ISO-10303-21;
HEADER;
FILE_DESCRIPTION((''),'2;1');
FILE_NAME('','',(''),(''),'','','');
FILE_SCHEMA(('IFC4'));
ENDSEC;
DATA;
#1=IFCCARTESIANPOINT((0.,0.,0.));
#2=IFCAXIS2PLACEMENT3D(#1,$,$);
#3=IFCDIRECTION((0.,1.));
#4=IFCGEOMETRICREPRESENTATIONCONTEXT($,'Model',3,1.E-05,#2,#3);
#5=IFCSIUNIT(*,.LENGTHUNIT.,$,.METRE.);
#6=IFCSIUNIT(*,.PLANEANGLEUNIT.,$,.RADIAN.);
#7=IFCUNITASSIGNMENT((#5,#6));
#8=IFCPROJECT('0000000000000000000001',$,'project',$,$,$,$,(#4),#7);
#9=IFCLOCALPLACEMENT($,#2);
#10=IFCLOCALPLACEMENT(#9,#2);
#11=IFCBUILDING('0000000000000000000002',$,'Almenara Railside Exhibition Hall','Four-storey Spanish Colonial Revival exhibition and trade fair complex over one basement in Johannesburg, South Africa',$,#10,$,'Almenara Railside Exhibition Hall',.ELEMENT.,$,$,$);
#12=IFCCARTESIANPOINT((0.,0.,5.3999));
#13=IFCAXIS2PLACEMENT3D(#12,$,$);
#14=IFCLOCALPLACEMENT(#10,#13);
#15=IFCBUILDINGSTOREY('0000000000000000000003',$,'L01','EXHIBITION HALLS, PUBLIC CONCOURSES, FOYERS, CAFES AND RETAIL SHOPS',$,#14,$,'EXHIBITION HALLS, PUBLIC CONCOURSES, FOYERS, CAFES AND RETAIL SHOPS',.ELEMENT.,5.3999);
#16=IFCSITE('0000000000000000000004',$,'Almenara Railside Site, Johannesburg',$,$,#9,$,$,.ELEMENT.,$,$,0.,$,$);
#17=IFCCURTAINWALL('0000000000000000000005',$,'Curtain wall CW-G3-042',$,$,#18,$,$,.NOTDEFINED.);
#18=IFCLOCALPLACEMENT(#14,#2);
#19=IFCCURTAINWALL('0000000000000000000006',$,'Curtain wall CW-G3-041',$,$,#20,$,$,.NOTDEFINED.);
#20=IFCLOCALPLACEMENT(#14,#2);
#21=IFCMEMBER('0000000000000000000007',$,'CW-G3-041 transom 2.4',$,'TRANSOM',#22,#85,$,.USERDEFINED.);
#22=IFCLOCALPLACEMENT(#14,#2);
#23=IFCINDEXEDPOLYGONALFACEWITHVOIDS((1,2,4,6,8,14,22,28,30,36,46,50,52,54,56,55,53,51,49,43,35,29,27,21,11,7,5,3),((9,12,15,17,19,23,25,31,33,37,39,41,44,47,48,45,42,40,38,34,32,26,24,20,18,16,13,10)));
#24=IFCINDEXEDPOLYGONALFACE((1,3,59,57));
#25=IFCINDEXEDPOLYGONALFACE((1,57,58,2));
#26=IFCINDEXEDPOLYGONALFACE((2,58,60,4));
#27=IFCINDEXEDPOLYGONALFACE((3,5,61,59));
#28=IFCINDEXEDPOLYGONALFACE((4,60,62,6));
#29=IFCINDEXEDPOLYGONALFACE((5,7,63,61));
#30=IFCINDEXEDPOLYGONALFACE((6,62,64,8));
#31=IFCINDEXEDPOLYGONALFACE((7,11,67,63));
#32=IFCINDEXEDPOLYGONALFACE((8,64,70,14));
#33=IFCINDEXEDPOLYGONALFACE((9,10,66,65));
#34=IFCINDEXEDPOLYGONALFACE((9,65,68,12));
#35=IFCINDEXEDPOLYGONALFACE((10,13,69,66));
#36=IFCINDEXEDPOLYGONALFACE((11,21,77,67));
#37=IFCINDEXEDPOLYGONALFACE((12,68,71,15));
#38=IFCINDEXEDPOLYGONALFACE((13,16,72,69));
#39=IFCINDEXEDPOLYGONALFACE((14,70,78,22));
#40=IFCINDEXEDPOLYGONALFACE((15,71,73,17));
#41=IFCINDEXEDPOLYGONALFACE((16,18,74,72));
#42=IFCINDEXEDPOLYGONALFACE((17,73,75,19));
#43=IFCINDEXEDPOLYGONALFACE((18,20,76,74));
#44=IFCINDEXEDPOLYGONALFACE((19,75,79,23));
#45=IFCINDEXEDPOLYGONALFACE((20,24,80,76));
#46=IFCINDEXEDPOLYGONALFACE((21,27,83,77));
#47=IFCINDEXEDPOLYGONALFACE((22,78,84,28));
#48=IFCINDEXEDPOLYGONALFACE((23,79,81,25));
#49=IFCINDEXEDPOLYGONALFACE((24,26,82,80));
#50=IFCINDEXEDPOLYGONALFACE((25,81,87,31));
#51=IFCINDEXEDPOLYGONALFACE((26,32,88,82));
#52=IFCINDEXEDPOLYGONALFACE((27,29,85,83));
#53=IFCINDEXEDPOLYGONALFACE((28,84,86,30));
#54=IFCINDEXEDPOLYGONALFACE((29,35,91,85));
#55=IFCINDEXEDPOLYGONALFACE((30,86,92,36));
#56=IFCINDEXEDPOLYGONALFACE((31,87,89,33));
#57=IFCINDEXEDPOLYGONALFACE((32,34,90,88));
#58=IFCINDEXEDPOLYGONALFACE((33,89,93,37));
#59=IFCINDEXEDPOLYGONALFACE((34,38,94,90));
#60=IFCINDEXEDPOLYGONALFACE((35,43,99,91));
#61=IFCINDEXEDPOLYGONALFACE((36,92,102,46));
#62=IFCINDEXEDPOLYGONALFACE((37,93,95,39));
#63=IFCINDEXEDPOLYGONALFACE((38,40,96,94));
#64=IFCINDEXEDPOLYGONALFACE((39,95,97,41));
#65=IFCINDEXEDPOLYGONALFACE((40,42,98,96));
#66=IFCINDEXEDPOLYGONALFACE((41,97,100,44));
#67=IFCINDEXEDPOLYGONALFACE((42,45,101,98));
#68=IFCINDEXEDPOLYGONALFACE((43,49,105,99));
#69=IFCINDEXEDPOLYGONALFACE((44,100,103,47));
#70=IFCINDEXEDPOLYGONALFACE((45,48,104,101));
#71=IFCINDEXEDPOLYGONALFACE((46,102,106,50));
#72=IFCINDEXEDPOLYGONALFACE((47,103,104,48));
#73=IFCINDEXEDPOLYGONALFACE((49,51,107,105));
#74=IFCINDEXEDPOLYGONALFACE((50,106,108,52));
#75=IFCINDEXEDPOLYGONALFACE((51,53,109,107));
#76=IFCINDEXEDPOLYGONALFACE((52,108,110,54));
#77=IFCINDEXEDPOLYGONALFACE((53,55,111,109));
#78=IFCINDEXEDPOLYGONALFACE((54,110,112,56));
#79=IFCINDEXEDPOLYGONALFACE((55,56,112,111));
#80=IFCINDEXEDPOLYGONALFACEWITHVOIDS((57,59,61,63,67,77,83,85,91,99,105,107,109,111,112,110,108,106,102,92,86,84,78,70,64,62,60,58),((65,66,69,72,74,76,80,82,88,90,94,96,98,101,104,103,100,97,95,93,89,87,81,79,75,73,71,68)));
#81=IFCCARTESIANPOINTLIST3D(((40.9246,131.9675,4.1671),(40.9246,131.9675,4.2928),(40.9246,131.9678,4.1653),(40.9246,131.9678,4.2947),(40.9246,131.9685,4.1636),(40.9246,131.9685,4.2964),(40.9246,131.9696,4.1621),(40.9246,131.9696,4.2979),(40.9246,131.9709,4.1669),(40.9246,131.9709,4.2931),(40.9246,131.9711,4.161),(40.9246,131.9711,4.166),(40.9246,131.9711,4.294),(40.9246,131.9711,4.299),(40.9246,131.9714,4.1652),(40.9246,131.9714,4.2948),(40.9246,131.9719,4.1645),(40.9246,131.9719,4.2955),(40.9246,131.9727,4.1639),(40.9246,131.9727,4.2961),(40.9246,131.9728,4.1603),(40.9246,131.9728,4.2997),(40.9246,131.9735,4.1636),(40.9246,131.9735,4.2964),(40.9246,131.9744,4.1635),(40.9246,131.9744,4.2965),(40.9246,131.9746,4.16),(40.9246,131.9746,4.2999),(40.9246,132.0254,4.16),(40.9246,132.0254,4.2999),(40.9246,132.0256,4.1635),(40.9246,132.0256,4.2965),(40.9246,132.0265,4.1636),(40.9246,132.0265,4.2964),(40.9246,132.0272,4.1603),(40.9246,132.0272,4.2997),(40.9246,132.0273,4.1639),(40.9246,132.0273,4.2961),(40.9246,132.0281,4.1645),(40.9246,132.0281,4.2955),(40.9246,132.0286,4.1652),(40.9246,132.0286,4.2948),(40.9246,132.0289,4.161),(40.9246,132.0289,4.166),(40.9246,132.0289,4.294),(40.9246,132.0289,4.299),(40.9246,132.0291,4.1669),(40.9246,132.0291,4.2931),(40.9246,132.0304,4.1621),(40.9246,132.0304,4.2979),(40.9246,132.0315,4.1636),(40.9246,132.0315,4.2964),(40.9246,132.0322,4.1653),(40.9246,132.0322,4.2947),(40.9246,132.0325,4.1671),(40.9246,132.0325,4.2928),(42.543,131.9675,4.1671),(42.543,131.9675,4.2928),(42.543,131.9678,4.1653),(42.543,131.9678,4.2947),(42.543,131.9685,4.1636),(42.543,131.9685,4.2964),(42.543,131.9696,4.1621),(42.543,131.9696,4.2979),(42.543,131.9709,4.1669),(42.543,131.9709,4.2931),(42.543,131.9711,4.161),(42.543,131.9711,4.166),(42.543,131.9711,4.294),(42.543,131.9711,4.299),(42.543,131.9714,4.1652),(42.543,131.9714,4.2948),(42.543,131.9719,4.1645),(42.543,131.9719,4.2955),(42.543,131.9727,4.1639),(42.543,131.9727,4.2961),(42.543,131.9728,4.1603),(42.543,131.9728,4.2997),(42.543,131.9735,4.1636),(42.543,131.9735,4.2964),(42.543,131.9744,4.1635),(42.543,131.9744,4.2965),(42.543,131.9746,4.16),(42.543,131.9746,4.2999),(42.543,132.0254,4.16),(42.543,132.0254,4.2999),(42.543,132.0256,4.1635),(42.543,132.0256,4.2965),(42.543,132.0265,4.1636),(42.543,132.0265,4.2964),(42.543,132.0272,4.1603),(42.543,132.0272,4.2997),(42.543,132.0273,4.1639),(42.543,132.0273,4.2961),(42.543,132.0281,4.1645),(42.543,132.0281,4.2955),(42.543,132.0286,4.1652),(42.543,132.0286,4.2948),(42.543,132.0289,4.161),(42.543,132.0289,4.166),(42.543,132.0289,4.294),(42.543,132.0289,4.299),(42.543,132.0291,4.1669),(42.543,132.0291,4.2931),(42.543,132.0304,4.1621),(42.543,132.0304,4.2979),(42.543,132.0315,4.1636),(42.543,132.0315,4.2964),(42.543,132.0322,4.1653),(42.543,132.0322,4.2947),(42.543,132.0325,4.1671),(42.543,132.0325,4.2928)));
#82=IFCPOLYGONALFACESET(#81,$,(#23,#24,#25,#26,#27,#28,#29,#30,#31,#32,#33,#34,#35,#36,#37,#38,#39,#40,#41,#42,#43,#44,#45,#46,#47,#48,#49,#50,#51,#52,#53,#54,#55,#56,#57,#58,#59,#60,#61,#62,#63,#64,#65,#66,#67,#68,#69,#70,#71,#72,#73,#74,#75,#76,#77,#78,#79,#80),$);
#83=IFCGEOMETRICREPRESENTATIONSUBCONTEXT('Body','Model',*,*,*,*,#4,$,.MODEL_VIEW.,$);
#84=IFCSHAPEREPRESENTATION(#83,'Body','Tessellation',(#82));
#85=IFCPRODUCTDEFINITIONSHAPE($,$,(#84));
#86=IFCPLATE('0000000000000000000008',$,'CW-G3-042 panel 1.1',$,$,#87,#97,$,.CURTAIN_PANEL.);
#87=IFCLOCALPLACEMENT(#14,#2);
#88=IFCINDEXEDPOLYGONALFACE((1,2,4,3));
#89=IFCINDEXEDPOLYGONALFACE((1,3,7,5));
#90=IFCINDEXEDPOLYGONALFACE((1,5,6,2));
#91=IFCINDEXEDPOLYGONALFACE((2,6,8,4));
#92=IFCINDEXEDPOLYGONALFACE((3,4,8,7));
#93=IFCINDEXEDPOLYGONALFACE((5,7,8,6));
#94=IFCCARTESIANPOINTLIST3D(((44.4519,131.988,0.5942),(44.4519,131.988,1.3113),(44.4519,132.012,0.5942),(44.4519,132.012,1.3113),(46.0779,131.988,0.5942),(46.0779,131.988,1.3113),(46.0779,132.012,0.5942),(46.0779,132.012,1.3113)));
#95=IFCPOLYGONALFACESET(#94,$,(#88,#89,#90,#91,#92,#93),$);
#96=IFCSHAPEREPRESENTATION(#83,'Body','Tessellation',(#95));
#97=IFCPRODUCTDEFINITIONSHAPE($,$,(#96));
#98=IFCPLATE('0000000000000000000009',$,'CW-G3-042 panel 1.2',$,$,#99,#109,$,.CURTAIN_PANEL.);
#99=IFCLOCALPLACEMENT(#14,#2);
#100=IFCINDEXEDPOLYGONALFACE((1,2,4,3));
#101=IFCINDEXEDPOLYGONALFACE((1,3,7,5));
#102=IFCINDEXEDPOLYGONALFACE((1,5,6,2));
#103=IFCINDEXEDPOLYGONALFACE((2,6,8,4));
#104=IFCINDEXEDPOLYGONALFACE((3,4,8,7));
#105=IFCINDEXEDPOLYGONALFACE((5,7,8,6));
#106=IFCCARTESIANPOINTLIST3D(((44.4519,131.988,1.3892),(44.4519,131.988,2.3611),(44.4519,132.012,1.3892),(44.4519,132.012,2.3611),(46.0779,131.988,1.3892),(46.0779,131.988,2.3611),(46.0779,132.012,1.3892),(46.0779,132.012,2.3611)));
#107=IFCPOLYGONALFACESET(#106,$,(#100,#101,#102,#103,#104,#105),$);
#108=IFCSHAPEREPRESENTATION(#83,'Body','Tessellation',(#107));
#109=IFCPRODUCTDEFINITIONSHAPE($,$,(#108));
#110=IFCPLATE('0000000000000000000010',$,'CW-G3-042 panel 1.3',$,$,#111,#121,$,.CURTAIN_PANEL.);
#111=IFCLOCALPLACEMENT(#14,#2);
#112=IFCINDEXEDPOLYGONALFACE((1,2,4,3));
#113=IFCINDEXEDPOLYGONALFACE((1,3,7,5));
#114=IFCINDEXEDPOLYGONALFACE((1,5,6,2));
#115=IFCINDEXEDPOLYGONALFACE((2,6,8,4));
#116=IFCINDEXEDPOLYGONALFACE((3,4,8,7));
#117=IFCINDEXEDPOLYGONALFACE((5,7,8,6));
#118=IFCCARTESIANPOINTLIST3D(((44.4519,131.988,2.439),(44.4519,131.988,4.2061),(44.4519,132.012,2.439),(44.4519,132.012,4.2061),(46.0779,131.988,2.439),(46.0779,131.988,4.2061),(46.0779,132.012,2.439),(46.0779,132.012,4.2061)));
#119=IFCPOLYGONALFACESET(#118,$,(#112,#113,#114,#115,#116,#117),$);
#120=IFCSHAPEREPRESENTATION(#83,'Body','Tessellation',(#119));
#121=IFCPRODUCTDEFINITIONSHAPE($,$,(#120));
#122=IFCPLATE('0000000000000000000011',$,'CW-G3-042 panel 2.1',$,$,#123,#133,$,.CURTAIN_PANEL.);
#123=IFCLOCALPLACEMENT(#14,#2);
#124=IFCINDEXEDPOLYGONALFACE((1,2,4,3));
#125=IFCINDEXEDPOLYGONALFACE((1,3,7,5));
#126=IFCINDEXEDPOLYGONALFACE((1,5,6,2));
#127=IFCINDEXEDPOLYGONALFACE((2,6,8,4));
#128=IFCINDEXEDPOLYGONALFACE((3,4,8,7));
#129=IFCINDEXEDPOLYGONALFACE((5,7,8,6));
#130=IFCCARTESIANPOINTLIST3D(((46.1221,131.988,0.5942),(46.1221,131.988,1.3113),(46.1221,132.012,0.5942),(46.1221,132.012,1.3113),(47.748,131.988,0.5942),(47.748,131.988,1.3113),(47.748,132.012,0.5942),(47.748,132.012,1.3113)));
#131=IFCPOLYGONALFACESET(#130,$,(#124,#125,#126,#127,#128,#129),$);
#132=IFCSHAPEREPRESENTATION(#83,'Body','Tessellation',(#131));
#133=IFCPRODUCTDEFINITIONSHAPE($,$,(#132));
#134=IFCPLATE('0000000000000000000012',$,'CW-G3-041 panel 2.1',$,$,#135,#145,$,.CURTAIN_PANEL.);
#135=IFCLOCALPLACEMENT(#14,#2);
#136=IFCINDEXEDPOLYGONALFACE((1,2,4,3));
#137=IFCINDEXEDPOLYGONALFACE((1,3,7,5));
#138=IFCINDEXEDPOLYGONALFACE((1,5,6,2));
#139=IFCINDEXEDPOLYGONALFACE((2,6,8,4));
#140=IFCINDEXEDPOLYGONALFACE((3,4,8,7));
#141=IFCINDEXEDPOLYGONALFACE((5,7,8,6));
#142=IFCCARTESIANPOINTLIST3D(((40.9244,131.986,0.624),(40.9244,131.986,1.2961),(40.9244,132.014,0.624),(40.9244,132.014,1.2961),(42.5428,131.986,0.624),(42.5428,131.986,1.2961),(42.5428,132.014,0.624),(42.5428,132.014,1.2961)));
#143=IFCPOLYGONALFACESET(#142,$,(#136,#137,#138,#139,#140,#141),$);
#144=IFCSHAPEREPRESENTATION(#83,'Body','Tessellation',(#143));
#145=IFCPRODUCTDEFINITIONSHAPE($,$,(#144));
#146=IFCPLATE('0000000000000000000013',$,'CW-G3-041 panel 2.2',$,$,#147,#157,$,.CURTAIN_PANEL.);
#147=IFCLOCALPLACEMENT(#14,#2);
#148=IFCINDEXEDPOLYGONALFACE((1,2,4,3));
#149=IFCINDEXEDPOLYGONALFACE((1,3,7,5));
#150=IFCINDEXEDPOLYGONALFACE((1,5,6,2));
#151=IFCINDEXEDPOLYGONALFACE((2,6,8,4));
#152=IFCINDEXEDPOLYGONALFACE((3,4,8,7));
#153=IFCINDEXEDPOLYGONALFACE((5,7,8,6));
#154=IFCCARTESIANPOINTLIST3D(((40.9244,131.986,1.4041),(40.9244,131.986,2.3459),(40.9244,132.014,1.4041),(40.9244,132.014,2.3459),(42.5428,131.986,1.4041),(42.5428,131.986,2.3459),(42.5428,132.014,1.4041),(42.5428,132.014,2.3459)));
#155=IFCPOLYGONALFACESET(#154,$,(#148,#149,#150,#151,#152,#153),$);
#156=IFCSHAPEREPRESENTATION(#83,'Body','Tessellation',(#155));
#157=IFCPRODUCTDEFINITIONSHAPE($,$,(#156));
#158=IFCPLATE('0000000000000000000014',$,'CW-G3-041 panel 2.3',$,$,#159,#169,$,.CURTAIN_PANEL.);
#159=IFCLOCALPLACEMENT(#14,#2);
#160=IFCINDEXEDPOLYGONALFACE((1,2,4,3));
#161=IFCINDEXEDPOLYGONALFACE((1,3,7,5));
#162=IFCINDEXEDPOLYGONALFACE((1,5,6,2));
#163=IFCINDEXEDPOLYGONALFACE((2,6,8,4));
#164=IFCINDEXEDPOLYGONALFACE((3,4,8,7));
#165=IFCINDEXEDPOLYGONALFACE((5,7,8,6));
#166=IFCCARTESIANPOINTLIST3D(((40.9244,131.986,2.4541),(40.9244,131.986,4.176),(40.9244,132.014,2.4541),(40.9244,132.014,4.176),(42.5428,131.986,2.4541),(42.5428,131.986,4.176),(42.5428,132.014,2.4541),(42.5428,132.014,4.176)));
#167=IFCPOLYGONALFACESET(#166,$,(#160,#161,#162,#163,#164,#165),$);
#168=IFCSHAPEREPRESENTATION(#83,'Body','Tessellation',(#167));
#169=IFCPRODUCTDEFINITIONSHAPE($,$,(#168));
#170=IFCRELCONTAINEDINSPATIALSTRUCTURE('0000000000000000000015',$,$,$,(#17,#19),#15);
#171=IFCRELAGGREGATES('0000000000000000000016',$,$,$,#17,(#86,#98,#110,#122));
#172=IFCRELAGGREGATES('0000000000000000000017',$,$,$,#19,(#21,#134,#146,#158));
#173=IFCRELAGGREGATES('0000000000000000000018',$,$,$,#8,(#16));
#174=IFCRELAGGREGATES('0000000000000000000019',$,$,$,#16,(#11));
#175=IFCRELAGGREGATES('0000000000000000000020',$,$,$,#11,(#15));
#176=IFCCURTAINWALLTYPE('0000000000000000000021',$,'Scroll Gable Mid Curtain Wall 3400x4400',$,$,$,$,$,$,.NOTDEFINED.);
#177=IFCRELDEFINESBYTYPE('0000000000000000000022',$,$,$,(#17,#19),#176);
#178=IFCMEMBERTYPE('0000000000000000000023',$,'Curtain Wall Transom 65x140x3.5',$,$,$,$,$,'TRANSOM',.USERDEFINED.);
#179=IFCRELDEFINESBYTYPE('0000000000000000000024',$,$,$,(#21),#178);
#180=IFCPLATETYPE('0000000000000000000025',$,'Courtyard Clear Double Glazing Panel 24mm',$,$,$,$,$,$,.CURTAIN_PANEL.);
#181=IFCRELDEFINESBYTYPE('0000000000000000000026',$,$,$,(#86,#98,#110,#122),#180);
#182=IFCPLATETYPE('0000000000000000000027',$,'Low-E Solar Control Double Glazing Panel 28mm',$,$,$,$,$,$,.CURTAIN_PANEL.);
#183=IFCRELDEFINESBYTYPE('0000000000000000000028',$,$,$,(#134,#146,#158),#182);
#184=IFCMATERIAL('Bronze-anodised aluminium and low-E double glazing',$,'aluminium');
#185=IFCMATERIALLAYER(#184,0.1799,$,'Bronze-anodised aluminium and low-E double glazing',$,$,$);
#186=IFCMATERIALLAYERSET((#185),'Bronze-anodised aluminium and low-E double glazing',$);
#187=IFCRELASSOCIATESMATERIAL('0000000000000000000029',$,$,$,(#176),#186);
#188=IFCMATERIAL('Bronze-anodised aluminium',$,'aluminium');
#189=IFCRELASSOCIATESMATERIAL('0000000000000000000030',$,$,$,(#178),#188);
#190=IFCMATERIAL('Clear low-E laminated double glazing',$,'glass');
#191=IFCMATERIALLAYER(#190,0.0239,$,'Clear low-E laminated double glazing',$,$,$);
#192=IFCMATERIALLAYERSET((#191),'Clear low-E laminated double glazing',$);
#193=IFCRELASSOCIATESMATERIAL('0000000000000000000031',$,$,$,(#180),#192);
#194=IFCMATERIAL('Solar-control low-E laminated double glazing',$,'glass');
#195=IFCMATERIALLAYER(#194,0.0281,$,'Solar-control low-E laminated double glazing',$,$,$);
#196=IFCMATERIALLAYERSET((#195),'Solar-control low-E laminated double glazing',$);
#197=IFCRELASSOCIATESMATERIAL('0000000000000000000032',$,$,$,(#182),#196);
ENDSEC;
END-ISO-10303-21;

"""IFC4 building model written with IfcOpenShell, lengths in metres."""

from ifc_helpers import new_model, si_unit, direction, frame, origin, origin_2d, place, context, subcontext, project, spatial, rectangle, hollow_rectangle, extrude, material, layer, layer_set, material_profile, profile_set, type_object, element, aggregate, save


model = new_model("IFC4")

# Units and contexts
model_context = context("Model", 3, precision=1e-05, world=origin(), true_north=direction((0.0, 1.0)))
body_context = subcontext(model_context, "Body", "Model", "MODEL_VIEW")
ifc_project = project(units=[si_unit("LENGTHUNIT", "METRE"), si_unit("PLANEANGLEUNIT", "RADIAN")], contexts=[model_context])

# Site, building, storey
site_placement = place(None, origin())
site = spatial("IfcSite", under=ifc_project, at=site_placement, Name="Almenara Railside Site, Johannesburg", CompositionType="ELEMENT", RefElevation=0.0)
building_placement = place(site_placement, origin())
building = spatial("IfcBuilding", under=site, at=building_placement, Name="Almenara Railside Exhibition Hall", Description="Four-storey Spanish Colonial Revival exhibition and trade fair complex over one basement in Johannesburg, South Africa", LongName="Almenara Railside Exhibition Hall", CompositionType="ELEMENT")
storey_placement = place(building_placement, frame((0.0, 0.0, 5.3999)))
storey = spatial("IfcBuildingStorey", under=building, at=storey_placement, Name="L01", Description="EXHIBITION HALLS, PUBLIC CONCOURSES, FOYERS, CAFES AND RETAIL SHOPS", LongName="EXHIBITION HALLS, PUBLIC CONCOURSES, FOYERS, CAFES AND RETAIL SHOPS", CompositionType="ELEMENT", Elevation=5.3999)

# Curtain wall
ifc_material_1 = material(Name="Bronze-anodised aluminium and low-E double glazing", Category="aluminium")
ifc_layer_1 = layer(ifc_material_1, 0.1799, Name="Bronze-anodised aluminium and low-E double glazing")
ifc_layer_set_1 = layer_set([ifc_layer_1], Name="Bronze-anodised aluminium and low-E double glazing")
curtain_wall_type = type_object("IfcCurtainWallType", Name="Scroll Gable Mid Curtain Wall 3400x4400", PredefinedType="NOTDEFINED", material=ifc_layer_set_1)
curtain_wall_1_placement = place(storey_placement, origin())
curtain_wall_1 = element("IfcCurtainWall", 1, at=curtain_wall_1_placement, inside=storey, type_object=curtain_wall_type, Name="Curtain wall CW-G3-042", PredefinedType="NOTDEFINED")
ifc_material_2 = material(Name="Bronze-anodised aluminium", Category="aluminium")

# Curtain wall
curtain_wall_2_placement = place(storey_placement, origin())
curtain_wall_2 = element("IfcCurtainWall", 2, at=curtain_wall_2_placement, inside=storey, type_object=curtain_wall_type, Name="Curtain wall CW-G3-041", PredefinedType="NOTDEFINED")

# Member
ifc_material_profile_1 = material_profile(ifc_material_2, hollow_rectangle(XDim=0.0649, YDim=0.1399, WallThickness=0.0034, InnerFilletRadius=0.0034, OuterFilletRadius=0.0071, at=origin_2d()), Name="ALU-TRN 65x140x3.5")
ifc_profile_set_1 = profile_set([ifc_material_profile_1], Name="Bronze-anodised aluminium")
member_type_1 = type_object("IfcMemberType", Name="Curtain Wall Transom 65x140x3.5", ElementType="TRANSOM", PredefinedType="USERDEFINED", material=ifc_profile_set_1)
member_1_placement = place(storey_placement, frame((40.9246, 132.0, 4.23), z_axis=(1.0, 0.0, 0.0), x_axis=(0.0, 1.0, 0.0)))
member_1 = element("IfcMember", 3, at=member_1_placement, type_object=member_type_1, Name="CW-G3-041 transom 2.4", ObjectType="TRANSOM", PredefinedType="USERDEFINED", context=body_context, shape_type="SweptSolid", body=[
    extrude(hollow_rectangle(XDim=0.0649, YDim=0.1399, WallThickness=0.0034, InnerFilletRadius=0.0034, OuterFilletRadius=0.0071, at=origin_2d()), origin(), (0.0, 0.0, 1.0), 1.6184),
])

# Plates
ifc_material_3 = material(Name="Clear low-E laminated double glazing", Category="glass")
ifc_layer_2 = layer(ifc_material_3, 0.0239, Name="Clear low-E laminated double glazing")
ifc_layer_set_2 = layer_set([ifc_layer_2], Name="Clear low-E laminated double glazing")
plate_type_1 = type_object("IfcPlateType", Name="Courtyard Clear Double Glazing Panel 24mm", PredefinedType="CURTAIN_PANEL", material=ifc_layer_set_2)
plate_1_placement = place(storey_placement, frame((45.2649, 132.0, 0.5942), z_axis=(0.0, 0.0, 1.0), x_axis=(1.0, 0.0, 0.0)))
plate_1 = element("IfcPlate", 4, at=plate_1_placement, type_object=plate_type_1, Name="CW-G3-042 panel 1.1", PredefinedType="CURTAIN_PANEL", context=body_context, shape_type="SweptSolid", body=[
    extrude(rectangle(XDim=1.626, YDim=0.0239, at=origin_2d()), origin(), (0.0, 0.0, 1.0), 0.717),
])
plate_2_placement = place(storey_placement, frame((45.2649, 132.0, 1.3892), z_axis=(0.0, 0.0, 1.0), x_axis=(1.0, 0.0, 0.0)))
plate_2 = element("IfcPlate", 5, at=plate_2_placement, type_object=plate_type_1, Name="CW-G3-042 panel 1.2", PredefinedType="CURTAIN_PANEL", context=body_context, shape_type="SweptSolid", body=[
    extrude(rectangle(XDim=1.626, YDim=0.0239, at=origin_2d()), origin(), (0.0, 0.0, 1.0), 0.9719),
])
plate_3_placement = place(storey_placement, frame((45.2649, 132.0, 2.439), z_axis=(0.0, 0.0, 1.0), x_axis=(1.0, 0.0, 0.0)))
plate_3 = element("IfcPlate", 6, at=plate_3_placement, type_object=plate_type_1, Name="CW-G3-042 panel 1.3", PredefinedType="CURTAIN_PANEL", context=body_context, shape_type="SweptSolid", body=[
    extrude(rectangle(XDim=1.626, YDim=0.0239, at=origin_2d()), origin(), (0.0, 0.0, 1.0), 1.7671),
])
plate_4_placement = place(storey_placement, frame((46.9351, 132.0, 0.5942), z_axis=(0.0, 0.0, 1.0), x_axis=(1.0, 0.0, 0.0)))
plate_4 = element("IfcPlate", 7, at=plate_4_placement, type_object=plate_type_1, Name="CW-G3-042 panel 2.1", PredefinedType="CURTAIN_PANEL", context=body_context, shape_type="SweptSolid", body=[
    extrude(rectangle(XDim=1.626, YDim=0.0239, at=origin_2d()), origin(), (0.0, 0.0, 1.0), 0.717),
])
aggregate(curtain_wall_1, [plate_1, plate_2, plate_3, plate_4])
ifc_material_4 = material(Name="Solar-control low-E laminated double glazing", Category="glass")
ifc_layer_3 = layer(ifc_material_4, 0.0281, Name="Solar-control low-E laminated double glazing")
ifc_layer_set_3 = layer_set([ifc_layer_3], Name="Solar-control low-E laminated double glazing")
plate_type_2 = type_object("IfcPlateType", Name="Low-E Solar Control Double Glazing Panel 28mm", PredefinedType="CURTAIN_PANEL", material=ifc_layer_set_3)
plate_5_placement = place(storey_placement, frame((41.7336, 132.0, 0.624), z_axis=(0.0, 0.0, 1.0), x_axis=(1.0, 0.0, 0.0)))
plate_5 = element("IfcPlate", 8, at=plate_5_placement, type_object=plate_type_2, Name="CW-G3-041 panel 2.1", PredefinedType="CURTAIN_PANEL", context=body_context, shape_type="SweptSolid", body=[
    extrude(rectangle(XDim=1.6184, YDim=0.0281, at=origin_2d()), origin(), (0.0, 0.0, 1.0), 0.6721),
])
plate_6_placement = place(storey_placement, frame((41.7336, 132.0, 1.4041), z_axis=(0.0, 0.0, 1.0), x_axis=(1.0, 0.0, 0.0)))
plate_6 = element("IfcPlate", 9, at=plate_6_placement, type_object=plate_type_2, Name="CW-G3-041 panel 2.2", PredefinedType="CURTAIN_PANEL", context=body_context, shape_type="SweptSolid", body=[
    extrude(rectangle(XDim=1.6184, YDim=0.0281, at=origin_2d()), origin(), (0.0, 0.0, 1.0), 0.9419),
])
plate_7_placement = place(storey_placement, frame((41.7336, 132.0, 2.4541), z_axis=(0.0, 0.0, 1.0), x_axis=(1.0, 0.0, 0.0)))
plate_7 = element("IfcPlate", 10, at=plate_7_placement, type_object=plate_type_2, Name="CW-G3-041 panel 2.3", PredefinedType="CURTAIN_PANEL", context=body_context, shape_type="SweptSolid", body=[
    extrude(rectangle(XDim=1.6184, YDim=0.0281, at=origin_2d()), origin(), (0.0, 0.0, 1.0), 1.7219),
])
aggregate(curtain_wall_2, [member_1, plate_5, plate_6, plate_7])

save(model, "model.ifc")
